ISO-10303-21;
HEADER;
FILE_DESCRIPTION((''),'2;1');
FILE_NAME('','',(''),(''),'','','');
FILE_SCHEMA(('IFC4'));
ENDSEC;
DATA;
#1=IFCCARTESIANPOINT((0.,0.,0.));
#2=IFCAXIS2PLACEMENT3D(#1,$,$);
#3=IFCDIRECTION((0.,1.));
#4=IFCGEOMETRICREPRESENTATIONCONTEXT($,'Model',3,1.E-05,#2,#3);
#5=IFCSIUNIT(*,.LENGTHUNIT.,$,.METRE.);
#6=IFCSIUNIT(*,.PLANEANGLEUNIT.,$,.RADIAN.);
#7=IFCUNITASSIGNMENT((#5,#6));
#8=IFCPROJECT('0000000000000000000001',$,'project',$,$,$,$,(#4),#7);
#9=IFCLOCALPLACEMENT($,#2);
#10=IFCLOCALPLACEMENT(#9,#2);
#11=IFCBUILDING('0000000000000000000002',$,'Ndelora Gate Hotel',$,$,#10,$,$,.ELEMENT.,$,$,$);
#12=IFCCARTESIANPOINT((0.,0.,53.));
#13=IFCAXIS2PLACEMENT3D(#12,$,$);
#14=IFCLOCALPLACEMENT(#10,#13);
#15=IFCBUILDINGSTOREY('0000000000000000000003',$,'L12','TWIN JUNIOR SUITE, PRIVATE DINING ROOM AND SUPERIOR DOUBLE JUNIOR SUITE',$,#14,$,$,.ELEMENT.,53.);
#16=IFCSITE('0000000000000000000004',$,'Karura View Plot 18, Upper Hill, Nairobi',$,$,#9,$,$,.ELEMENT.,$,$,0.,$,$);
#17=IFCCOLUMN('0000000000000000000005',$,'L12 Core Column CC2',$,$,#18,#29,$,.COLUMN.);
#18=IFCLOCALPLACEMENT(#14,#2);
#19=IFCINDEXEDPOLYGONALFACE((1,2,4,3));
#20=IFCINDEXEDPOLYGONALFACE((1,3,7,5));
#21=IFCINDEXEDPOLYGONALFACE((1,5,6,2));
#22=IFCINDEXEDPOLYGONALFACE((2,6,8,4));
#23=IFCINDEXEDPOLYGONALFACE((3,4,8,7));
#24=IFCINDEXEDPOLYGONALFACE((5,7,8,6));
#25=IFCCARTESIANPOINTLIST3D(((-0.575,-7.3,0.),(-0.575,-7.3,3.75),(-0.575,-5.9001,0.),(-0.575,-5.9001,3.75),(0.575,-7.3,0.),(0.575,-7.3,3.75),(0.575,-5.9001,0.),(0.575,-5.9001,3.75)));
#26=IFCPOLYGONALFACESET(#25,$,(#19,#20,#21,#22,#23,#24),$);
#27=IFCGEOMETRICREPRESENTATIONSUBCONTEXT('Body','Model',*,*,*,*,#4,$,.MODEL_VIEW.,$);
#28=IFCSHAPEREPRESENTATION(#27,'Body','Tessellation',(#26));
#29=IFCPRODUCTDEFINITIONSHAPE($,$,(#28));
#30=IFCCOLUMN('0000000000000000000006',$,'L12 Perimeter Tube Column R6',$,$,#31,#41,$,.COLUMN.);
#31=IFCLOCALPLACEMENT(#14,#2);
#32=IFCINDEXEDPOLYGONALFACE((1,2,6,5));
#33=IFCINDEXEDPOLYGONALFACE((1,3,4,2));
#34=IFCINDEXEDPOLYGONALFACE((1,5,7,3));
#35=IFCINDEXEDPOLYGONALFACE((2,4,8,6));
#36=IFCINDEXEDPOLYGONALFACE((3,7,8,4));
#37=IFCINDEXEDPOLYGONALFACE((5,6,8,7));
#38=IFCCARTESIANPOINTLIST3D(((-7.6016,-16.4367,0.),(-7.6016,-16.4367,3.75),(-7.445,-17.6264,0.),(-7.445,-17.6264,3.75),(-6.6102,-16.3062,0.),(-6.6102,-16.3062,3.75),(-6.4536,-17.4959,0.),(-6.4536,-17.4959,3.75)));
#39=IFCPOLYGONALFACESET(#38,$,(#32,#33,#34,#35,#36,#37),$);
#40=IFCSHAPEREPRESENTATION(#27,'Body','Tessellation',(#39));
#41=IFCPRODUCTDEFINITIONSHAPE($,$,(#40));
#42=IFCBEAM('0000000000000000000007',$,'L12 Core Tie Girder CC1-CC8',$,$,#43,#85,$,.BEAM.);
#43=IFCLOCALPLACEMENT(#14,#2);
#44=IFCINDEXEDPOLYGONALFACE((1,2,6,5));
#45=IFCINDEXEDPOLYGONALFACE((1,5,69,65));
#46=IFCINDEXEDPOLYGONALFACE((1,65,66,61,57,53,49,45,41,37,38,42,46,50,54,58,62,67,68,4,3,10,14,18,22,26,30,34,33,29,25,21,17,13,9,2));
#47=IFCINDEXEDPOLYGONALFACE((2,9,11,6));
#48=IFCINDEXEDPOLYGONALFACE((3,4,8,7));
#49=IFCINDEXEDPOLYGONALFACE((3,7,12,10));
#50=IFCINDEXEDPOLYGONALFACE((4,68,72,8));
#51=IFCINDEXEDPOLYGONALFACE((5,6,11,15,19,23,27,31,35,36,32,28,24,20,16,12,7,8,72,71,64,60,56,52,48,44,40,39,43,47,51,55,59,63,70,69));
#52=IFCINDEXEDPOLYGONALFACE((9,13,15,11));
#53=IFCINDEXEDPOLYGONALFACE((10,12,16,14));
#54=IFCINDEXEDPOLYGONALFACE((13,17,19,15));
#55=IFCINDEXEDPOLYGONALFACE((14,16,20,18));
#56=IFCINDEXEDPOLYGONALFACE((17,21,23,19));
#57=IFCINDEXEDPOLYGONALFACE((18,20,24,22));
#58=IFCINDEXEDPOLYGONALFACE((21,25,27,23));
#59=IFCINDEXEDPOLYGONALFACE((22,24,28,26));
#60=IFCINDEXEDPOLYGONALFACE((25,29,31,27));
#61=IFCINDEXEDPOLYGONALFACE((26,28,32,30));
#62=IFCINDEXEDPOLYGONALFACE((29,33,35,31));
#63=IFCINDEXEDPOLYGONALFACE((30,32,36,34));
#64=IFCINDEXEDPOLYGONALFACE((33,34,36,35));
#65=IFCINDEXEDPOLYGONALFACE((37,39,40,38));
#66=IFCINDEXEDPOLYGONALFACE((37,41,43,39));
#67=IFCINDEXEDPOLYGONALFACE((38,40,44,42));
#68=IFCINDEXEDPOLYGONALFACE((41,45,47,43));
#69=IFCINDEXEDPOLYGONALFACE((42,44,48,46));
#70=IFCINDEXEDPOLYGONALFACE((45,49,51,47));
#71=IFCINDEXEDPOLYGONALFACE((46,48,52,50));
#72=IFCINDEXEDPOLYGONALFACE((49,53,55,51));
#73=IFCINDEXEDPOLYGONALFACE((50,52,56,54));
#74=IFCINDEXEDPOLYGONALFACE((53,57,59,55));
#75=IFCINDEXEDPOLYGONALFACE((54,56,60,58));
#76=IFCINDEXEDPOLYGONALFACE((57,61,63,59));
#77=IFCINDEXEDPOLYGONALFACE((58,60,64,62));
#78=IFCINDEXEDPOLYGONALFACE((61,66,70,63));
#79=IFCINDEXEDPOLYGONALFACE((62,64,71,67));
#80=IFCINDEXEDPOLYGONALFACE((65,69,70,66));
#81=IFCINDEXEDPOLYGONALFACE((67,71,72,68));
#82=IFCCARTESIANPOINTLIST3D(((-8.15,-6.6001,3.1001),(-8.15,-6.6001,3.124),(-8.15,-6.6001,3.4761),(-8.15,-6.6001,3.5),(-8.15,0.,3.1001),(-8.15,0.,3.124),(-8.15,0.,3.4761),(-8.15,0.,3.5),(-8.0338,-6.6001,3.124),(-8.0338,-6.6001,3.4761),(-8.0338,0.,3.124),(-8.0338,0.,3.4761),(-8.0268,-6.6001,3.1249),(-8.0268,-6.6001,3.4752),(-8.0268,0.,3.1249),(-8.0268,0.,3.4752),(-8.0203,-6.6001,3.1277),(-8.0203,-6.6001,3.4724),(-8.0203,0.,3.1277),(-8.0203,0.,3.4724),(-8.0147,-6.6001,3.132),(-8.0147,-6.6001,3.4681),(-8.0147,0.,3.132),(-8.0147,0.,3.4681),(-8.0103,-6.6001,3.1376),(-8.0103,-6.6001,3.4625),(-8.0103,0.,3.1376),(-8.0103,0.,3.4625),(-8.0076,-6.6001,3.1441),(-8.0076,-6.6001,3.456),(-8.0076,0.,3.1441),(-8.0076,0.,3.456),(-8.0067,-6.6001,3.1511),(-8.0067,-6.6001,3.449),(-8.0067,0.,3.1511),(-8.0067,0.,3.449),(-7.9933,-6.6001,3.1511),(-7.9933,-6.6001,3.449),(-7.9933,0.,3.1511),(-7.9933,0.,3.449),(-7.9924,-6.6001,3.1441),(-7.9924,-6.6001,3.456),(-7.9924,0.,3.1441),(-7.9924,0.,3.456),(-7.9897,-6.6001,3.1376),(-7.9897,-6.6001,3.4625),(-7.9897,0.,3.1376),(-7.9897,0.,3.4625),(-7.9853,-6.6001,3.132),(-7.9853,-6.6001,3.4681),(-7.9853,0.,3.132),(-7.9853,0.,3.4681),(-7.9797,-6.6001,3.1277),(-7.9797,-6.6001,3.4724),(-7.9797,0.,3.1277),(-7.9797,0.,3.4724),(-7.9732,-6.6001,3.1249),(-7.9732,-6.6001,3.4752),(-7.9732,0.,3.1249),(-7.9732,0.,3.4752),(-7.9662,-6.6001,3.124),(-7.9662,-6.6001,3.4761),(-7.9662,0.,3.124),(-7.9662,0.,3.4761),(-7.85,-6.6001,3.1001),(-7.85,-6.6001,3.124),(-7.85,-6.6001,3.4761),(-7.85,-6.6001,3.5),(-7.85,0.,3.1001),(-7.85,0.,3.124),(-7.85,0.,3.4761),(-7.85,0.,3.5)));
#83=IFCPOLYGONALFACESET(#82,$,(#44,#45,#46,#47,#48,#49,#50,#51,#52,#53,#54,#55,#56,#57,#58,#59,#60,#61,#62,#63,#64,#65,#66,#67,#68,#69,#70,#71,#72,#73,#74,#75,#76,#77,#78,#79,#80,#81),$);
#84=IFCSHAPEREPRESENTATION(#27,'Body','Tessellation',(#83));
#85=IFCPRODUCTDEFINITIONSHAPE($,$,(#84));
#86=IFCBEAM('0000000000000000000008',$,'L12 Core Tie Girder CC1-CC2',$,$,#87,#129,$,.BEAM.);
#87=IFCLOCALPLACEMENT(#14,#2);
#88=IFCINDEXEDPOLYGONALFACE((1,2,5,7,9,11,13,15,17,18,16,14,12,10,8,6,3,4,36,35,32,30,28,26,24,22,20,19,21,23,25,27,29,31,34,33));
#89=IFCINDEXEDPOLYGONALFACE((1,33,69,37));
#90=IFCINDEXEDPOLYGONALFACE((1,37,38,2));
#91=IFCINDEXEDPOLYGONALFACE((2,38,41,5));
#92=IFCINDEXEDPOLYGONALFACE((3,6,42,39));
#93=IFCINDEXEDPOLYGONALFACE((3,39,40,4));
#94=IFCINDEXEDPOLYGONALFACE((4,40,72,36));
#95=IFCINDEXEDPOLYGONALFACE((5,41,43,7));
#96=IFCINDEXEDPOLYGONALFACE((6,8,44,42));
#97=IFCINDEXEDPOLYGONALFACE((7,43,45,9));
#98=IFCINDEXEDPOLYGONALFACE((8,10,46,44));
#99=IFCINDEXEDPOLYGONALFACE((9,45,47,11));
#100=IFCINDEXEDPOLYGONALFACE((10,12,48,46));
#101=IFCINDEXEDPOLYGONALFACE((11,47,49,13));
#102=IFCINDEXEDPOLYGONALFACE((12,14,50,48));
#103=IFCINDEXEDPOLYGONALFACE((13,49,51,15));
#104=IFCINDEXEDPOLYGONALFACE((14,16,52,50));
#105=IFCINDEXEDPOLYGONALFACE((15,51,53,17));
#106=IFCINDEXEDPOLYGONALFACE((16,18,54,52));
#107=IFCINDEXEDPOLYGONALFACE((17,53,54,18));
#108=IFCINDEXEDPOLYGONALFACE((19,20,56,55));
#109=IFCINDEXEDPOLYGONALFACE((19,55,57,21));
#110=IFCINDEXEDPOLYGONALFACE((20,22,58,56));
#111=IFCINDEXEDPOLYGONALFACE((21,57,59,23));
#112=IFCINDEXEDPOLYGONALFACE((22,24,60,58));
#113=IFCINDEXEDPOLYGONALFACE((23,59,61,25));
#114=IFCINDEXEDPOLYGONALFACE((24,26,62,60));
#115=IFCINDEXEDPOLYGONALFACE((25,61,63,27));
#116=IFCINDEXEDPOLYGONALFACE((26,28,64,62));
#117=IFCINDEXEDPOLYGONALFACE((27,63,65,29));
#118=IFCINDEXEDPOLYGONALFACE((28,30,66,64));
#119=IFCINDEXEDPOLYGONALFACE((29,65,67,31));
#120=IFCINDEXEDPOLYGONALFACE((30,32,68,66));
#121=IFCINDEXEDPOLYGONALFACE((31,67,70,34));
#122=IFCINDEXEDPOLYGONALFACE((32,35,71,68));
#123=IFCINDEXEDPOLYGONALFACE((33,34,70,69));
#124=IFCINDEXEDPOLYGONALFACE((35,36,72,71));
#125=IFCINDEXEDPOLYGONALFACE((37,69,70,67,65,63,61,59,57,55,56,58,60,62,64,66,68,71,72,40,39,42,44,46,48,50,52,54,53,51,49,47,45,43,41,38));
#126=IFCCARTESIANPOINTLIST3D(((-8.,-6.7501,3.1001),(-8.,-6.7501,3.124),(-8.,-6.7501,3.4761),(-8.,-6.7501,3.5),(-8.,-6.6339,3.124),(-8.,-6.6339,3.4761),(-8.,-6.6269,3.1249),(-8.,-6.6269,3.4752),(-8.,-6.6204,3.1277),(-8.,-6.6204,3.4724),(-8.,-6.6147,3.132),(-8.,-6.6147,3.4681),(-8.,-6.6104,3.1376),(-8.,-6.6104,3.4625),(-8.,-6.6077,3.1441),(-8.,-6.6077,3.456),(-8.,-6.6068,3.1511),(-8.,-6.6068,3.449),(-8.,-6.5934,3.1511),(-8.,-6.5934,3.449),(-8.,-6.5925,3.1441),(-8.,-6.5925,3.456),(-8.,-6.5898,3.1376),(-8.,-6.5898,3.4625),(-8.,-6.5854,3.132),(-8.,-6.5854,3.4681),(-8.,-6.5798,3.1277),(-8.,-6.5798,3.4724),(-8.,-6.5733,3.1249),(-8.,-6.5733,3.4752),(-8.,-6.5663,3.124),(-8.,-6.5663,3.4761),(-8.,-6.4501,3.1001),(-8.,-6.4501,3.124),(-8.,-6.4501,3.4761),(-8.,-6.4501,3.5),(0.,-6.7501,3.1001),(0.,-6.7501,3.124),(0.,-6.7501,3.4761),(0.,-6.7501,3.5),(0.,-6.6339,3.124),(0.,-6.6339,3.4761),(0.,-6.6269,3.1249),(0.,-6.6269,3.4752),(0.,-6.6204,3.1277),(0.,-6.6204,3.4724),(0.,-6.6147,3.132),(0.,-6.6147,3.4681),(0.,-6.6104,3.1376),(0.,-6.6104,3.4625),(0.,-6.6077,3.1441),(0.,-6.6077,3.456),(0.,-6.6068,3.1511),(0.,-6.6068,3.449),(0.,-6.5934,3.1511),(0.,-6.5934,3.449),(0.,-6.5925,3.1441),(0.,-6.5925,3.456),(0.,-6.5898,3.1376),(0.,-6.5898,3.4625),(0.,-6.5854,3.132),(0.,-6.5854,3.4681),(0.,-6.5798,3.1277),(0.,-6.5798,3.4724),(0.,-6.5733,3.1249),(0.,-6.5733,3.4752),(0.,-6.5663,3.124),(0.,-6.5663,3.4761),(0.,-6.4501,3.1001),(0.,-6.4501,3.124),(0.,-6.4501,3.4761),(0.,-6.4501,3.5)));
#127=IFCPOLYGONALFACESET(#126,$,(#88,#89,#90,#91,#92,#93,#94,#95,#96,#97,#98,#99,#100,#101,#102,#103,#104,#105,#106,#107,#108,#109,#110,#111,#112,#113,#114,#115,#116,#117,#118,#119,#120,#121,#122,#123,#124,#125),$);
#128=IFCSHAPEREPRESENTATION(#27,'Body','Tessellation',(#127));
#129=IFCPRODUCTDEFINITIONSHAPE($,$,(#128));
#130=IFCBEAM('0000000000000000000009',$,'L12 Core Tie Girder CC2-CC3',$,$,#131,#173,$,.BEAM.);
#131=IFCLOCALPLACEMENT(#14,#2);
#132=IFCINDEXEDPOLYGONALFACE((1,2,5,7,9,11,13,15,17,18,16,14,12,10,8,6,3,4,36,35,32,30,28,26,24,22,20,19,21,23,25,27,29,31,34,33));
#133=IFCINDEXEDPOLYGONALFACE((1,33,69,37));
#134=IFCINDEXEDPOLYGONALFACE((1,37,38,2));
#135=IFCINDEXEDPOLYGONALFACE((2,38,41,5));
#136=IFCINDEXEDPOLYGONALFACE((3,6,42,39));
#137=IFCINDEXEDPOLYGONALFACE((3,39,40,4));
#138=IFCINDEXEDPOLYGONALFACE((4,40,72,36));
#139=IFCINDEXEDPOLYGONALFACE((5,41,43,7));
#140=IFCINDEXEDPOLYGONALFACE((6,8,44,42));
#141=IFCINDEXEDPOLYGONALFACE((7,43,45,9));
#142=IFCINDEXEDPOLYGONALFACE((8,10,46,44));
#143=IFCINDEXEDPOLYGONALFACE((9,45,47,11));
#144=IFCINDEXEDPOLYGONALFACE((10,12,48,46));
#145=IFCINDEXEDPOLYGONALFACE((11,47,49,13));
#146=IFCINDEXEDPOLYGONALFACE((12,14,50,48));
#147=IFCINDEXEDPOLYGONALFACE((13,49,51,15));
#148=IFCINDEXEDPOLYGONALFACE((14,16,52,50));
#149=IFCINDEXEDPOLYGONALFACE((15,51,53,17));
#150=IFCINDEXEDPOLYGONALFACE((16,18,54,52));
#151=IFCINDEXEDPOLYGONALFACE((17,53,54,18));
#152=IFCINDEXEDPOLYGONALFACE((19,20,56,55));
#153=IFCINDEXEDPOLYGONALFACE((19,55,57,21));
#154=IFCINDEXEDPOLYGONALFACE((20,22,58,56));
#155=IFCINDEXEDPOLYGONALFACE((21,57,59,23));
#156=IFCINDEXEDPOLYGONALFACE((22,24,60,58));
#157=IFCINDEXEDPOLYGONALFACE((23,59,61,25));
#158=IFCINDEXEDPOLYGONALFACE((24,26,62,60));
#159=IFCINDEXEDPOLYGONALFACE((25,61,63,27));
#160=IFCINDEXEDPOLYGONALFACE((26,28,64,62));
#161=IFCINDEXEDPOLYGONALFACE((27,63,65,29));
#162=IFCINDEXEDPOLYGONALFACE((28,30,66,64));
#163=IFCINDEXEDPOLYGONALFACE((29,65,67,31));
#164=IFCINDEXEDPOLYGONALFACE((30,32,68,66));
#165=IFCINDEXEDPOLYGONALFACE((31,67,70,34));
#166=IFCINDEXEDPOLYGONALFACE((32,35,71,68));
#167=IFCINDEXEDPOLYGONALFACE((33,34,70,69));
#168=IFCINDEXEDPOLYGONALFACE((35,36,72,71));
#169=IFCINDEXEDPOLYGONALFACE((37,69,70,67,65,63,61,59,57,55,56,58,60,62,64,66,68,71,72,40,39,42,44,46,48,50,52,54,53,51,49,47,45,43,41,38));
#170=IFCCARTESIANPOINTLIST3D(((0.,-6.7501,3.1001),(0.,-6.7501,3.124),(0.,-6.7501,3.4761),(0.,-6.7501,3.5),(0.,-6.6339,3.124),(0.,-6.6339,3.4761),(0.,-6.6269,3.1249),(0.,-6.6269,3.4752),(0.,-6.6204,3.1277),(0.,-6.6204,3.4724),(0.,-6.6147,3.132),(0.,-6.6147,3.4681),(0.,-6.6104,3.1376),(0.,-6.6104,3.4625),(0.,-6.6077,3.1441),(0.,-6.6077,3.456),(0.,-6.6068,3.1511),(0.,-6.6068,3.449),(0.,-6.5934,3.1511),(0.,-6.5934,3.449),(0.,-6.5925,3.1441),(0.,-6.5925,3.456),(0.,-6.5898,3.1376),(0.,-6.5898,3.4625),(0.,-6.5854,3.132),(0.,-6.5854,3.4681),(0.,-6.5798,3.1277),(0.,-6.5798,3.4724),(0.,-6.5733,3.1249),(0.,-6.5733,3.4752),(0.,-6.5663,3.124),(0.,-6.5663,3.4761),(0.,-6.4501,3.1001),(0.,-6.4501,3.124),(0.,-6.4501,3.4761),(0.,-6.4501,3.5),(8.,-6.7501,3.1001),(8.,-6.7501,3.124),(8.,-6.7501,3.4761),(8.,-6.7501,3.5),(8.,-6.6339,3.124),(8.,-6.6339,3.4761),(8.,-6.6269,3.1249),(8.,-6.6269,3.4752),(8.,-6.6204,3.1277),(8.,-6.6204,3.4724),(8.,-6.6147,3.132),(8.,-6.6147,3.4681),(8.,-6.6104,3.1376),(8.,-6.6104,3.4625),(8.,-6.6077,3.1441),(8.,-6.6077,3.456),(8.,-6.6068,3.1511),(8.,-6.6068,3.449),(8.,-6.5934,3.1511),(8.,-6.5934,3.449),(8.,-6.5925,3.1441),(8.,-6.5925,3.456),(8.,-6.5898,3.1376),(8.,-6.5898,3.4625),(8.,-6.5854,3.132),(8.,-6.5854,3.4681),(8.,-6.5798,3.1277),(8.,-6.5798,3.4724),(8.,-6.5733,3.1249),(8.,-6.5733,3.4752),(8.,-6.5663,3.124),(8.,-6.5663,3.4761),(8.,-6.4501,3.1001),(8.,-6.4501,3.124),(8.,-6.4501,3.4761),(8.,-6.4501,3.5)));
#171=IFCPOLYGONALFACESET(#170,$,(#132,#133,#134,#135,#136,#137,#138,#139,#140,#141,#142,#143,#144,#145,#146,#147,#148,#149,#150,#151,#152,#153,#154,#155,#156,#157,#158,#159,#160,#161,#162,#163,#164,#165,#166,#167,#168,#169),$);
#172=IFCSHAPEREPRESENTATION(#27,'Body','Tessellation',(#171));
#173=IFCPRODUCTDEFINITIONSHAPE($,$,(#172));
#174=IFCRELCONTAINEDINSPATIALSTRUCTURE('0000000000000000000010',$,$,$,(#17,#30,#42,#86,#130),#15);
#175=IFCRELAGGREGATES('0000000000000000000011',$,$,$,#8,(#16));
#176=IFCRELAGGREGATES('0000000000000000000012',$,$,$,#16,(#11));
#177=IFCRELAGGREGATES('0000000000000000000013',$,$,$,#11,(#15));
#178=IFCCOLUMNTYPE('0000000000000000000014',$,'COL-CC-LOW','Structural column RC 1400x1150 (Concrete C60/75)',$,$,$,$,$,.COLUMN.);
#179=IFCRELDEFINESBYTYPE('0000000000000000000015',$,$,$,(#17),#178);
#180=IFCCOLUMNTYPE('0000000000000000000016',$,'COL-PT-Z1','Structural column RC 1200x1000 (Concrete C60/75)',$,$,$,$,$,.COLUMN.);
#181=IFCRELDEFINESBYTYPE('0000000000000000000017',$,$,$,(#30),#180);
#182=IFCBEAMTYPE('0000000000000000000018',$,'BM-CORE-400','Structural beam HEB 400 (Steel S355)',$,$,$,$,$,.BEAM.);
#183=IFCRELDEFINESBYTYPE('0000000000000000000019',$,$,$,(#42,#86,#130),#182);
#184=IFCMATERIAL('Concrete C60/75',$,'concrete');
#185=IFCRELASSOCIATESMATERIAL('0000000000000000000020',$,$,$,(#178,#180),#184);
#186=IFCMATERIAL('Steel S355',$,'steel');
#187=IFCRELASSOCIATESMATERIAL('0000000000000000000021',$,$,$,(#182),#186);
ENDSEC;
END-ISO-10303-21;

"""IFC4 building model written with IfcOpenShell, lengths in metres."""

from ifc_helpers import new_model, si_unit, direction, frame, origin, origin_2d, place, context, subcontext, project, spatial, rectangle, i_section, extrude, material, material_profile, profile_set, type_object, element, save


model = new_model("IFC4")

# Units and contexts
model_context = context("Model", 3, precision=1e-05, world=origin(), true_north=direction((0.0, 1.0)))
body_context = subcontext(model_context, "Body", "Model", "MODEL_VIEW")
ifc_project = project(units=[si_unit("LENGTHUNIT", "METRE"), si_unit("PLANEANGLEUNIT", "RADIAN")], contexts=[model_context])

# Site, building, storey
site_placement = place(None, origin())
site = spatial("IfcSite", under=ifc_project, at=site_placement, Name="Karura View Plot 18, Upper Hill, Nairobi", CompositionType="ELEMENT", RefElevation=0.0)
building_placement = place(site_placement, origin())
building = spatial("IfcBuilding", under=site, at=building_placement, Name="Ndelora Gate Hotel", CompositionType="ELEMENT")
storey_placement = place(building_placement, frame((0.0, 0.0, 53.0)))
storey = spatial("IfcBuildingStorey", under=building, at=storey_placement, Name="L12", Description="TWIN JUNIOR SUITE, PRIVATE DINING ROOM AND SUPERIOR DOUBLE JUNIOR SUITE", CompositionType="ELEMENT", Elevation=53.0)

# Columns
ifc_material_1 = material(Name="Concrete C60/75", Category="concrete")
ifc_material_profile_1 = material_profile(ifc_material_1, rectangle(XDim=1.1499, YDim=1.3999, at=origin_2d()), Name="RC 1400x1150")
ifc_profile_set_1 = profile_set([ifc_material_profile_1], Name="Concrete C60/75")
column_type_1 = type_object("IfcColumnType", Name="COL-CC-LOW", Description="Structural column RC 1400x1150 (Concrete C60/75)", PredefinedType="COLUMN", material=ifc_profile_set_1)
column_1_placement = place(storey_placement, frame((0.0, -6.6001, 0.0), z_axis=(0.0, 0.0, 1.0), x_axis=(1.0, 0.0, 0.0)))
element("IfcColumn", 1, at=column_1_placement, inside=storey, type_object=column_type_1, Name="L12 Core Column CC2", PredefinedType="COLUMN", context=body_context, shape_type="SweptSolid", body=[
    extrude(rectangle(XDim=1.1499, YDim=1.3999, at=origin_2d()), origin(), (0.0, 0.0, 1.0), 3.75),
])
ifc_material_profile_2 = material_profile(ifc_material_1, rectangle(XDim=1.0, YDim=1.2, at=origin_2d()), Name="RC 1200x1000")
ifc_profile_set_2 = profile_set([ifc_material_profile_2], Name="Concrete C60/75")
column_type_2 = type_object("IfcColumnType", Name="COL-PT-Z1", Description="Structural column RC 1200x1000 (Concrete C60/75)", PredefinedType="COLUMN", material=ifc_profile_set_2)
column_2_placement = place(storey_placement, frame((-7.0276, -16.9663, 0.0), z_axis=(0.0, 0.0, 1.0), x_axis=(0.991445, 0.130526, 0.0)))
element("IfcColumn", 2, at=column_2_placement, inside=storey, type_object=column_type_2, Name="L12 Perimeter Tube Column R6", PredefinedType="COLUMN", context=body_context, shape_type="SweptSolid", body=[
    extrude(rectangle(XDim=1.0, YDim=1.2, at=origin_2d()), origin(), (0.0, 0.0, 1.0), 3.75),
])

# Beams
ifc_material_2 = material(Name="Steel S355", Category="steel")
ifc_material_profile_3 = material_profile(ifc_material_2, i_section(OverallWidth=0.3, OverallDepth=0.3999, WebThickness=0.0134, FlangeThickness=0.0239, FilletRadius=0.0271, at=origin_2d()), Name="HEB 400")
ifc_profile_set_3 = profile_set([ifc_material_profile_3], Name="Steel S355")
beam_type_1 = type_object("IfcBeamType", Name="BM-CORE-400", Description="Structural beam HEB 400 (Steel S355)", PredefinedType="BEAM", material=ifc_profile_set_3)
beam_1_placement = place(storey_placement, frame((-8.0, -6.6001, 3.3), z_axis=(0.0, 1.0, 0.0), x_axis=(-1.0, 0.0, 0.0)))
element("IfcBeam", 3, at=beam_1_placement, inside=storey, type_object=beam_type_1, Name="L12 Core Tie Girder CC1-CC8", PredefinedType="BEAM", context=body_context, shape_type="SweptSolid", body=[
    extrude(i_section(OverallWidth=0.3, OverallDepth=0.3999, WebThickness=0.0134, FlangeThickness=0.0239, FilletRadius=0.0271, at=origin_2d()), origin(), (0.0, 0.0, 1.0), 6.6001),
])
for number, where, z_axis, x_axis, name in (
    (4, (-8.0, -6.6001, 3.3), (1.0, 0.0, 0.0), (0.0, 1.0, 0.0), "L12 Core Tie Girder CC1-CC2"),
    (5, (0.0, -6.6001, 3.3), (1.0, 0.0, 0.0), (0.0, 1.0, 0.0), "L12 Core Tie Girder CC2-CC3"),
):
    element("IfcBeam", number, at=place(storey_placement, frame(where, z_axis=z_axis, x_axis=x_axis)), inside=storey, type_object=beam_type_1, Name=name, PredefinedType="BEAM", context=body_context, shape_type="SweptSolid", body=[
        extrude(i_section(OverallWidth=0.3, OverallDepth=0.3999, WebThickness=0.0134, FlangeThickness=0.0239, FilletRadius=0.0271, at=origin_2d()), origin(), (0.0, 0.0, 1.0), 8.0),
    ])

save(model, "model.ifc")
